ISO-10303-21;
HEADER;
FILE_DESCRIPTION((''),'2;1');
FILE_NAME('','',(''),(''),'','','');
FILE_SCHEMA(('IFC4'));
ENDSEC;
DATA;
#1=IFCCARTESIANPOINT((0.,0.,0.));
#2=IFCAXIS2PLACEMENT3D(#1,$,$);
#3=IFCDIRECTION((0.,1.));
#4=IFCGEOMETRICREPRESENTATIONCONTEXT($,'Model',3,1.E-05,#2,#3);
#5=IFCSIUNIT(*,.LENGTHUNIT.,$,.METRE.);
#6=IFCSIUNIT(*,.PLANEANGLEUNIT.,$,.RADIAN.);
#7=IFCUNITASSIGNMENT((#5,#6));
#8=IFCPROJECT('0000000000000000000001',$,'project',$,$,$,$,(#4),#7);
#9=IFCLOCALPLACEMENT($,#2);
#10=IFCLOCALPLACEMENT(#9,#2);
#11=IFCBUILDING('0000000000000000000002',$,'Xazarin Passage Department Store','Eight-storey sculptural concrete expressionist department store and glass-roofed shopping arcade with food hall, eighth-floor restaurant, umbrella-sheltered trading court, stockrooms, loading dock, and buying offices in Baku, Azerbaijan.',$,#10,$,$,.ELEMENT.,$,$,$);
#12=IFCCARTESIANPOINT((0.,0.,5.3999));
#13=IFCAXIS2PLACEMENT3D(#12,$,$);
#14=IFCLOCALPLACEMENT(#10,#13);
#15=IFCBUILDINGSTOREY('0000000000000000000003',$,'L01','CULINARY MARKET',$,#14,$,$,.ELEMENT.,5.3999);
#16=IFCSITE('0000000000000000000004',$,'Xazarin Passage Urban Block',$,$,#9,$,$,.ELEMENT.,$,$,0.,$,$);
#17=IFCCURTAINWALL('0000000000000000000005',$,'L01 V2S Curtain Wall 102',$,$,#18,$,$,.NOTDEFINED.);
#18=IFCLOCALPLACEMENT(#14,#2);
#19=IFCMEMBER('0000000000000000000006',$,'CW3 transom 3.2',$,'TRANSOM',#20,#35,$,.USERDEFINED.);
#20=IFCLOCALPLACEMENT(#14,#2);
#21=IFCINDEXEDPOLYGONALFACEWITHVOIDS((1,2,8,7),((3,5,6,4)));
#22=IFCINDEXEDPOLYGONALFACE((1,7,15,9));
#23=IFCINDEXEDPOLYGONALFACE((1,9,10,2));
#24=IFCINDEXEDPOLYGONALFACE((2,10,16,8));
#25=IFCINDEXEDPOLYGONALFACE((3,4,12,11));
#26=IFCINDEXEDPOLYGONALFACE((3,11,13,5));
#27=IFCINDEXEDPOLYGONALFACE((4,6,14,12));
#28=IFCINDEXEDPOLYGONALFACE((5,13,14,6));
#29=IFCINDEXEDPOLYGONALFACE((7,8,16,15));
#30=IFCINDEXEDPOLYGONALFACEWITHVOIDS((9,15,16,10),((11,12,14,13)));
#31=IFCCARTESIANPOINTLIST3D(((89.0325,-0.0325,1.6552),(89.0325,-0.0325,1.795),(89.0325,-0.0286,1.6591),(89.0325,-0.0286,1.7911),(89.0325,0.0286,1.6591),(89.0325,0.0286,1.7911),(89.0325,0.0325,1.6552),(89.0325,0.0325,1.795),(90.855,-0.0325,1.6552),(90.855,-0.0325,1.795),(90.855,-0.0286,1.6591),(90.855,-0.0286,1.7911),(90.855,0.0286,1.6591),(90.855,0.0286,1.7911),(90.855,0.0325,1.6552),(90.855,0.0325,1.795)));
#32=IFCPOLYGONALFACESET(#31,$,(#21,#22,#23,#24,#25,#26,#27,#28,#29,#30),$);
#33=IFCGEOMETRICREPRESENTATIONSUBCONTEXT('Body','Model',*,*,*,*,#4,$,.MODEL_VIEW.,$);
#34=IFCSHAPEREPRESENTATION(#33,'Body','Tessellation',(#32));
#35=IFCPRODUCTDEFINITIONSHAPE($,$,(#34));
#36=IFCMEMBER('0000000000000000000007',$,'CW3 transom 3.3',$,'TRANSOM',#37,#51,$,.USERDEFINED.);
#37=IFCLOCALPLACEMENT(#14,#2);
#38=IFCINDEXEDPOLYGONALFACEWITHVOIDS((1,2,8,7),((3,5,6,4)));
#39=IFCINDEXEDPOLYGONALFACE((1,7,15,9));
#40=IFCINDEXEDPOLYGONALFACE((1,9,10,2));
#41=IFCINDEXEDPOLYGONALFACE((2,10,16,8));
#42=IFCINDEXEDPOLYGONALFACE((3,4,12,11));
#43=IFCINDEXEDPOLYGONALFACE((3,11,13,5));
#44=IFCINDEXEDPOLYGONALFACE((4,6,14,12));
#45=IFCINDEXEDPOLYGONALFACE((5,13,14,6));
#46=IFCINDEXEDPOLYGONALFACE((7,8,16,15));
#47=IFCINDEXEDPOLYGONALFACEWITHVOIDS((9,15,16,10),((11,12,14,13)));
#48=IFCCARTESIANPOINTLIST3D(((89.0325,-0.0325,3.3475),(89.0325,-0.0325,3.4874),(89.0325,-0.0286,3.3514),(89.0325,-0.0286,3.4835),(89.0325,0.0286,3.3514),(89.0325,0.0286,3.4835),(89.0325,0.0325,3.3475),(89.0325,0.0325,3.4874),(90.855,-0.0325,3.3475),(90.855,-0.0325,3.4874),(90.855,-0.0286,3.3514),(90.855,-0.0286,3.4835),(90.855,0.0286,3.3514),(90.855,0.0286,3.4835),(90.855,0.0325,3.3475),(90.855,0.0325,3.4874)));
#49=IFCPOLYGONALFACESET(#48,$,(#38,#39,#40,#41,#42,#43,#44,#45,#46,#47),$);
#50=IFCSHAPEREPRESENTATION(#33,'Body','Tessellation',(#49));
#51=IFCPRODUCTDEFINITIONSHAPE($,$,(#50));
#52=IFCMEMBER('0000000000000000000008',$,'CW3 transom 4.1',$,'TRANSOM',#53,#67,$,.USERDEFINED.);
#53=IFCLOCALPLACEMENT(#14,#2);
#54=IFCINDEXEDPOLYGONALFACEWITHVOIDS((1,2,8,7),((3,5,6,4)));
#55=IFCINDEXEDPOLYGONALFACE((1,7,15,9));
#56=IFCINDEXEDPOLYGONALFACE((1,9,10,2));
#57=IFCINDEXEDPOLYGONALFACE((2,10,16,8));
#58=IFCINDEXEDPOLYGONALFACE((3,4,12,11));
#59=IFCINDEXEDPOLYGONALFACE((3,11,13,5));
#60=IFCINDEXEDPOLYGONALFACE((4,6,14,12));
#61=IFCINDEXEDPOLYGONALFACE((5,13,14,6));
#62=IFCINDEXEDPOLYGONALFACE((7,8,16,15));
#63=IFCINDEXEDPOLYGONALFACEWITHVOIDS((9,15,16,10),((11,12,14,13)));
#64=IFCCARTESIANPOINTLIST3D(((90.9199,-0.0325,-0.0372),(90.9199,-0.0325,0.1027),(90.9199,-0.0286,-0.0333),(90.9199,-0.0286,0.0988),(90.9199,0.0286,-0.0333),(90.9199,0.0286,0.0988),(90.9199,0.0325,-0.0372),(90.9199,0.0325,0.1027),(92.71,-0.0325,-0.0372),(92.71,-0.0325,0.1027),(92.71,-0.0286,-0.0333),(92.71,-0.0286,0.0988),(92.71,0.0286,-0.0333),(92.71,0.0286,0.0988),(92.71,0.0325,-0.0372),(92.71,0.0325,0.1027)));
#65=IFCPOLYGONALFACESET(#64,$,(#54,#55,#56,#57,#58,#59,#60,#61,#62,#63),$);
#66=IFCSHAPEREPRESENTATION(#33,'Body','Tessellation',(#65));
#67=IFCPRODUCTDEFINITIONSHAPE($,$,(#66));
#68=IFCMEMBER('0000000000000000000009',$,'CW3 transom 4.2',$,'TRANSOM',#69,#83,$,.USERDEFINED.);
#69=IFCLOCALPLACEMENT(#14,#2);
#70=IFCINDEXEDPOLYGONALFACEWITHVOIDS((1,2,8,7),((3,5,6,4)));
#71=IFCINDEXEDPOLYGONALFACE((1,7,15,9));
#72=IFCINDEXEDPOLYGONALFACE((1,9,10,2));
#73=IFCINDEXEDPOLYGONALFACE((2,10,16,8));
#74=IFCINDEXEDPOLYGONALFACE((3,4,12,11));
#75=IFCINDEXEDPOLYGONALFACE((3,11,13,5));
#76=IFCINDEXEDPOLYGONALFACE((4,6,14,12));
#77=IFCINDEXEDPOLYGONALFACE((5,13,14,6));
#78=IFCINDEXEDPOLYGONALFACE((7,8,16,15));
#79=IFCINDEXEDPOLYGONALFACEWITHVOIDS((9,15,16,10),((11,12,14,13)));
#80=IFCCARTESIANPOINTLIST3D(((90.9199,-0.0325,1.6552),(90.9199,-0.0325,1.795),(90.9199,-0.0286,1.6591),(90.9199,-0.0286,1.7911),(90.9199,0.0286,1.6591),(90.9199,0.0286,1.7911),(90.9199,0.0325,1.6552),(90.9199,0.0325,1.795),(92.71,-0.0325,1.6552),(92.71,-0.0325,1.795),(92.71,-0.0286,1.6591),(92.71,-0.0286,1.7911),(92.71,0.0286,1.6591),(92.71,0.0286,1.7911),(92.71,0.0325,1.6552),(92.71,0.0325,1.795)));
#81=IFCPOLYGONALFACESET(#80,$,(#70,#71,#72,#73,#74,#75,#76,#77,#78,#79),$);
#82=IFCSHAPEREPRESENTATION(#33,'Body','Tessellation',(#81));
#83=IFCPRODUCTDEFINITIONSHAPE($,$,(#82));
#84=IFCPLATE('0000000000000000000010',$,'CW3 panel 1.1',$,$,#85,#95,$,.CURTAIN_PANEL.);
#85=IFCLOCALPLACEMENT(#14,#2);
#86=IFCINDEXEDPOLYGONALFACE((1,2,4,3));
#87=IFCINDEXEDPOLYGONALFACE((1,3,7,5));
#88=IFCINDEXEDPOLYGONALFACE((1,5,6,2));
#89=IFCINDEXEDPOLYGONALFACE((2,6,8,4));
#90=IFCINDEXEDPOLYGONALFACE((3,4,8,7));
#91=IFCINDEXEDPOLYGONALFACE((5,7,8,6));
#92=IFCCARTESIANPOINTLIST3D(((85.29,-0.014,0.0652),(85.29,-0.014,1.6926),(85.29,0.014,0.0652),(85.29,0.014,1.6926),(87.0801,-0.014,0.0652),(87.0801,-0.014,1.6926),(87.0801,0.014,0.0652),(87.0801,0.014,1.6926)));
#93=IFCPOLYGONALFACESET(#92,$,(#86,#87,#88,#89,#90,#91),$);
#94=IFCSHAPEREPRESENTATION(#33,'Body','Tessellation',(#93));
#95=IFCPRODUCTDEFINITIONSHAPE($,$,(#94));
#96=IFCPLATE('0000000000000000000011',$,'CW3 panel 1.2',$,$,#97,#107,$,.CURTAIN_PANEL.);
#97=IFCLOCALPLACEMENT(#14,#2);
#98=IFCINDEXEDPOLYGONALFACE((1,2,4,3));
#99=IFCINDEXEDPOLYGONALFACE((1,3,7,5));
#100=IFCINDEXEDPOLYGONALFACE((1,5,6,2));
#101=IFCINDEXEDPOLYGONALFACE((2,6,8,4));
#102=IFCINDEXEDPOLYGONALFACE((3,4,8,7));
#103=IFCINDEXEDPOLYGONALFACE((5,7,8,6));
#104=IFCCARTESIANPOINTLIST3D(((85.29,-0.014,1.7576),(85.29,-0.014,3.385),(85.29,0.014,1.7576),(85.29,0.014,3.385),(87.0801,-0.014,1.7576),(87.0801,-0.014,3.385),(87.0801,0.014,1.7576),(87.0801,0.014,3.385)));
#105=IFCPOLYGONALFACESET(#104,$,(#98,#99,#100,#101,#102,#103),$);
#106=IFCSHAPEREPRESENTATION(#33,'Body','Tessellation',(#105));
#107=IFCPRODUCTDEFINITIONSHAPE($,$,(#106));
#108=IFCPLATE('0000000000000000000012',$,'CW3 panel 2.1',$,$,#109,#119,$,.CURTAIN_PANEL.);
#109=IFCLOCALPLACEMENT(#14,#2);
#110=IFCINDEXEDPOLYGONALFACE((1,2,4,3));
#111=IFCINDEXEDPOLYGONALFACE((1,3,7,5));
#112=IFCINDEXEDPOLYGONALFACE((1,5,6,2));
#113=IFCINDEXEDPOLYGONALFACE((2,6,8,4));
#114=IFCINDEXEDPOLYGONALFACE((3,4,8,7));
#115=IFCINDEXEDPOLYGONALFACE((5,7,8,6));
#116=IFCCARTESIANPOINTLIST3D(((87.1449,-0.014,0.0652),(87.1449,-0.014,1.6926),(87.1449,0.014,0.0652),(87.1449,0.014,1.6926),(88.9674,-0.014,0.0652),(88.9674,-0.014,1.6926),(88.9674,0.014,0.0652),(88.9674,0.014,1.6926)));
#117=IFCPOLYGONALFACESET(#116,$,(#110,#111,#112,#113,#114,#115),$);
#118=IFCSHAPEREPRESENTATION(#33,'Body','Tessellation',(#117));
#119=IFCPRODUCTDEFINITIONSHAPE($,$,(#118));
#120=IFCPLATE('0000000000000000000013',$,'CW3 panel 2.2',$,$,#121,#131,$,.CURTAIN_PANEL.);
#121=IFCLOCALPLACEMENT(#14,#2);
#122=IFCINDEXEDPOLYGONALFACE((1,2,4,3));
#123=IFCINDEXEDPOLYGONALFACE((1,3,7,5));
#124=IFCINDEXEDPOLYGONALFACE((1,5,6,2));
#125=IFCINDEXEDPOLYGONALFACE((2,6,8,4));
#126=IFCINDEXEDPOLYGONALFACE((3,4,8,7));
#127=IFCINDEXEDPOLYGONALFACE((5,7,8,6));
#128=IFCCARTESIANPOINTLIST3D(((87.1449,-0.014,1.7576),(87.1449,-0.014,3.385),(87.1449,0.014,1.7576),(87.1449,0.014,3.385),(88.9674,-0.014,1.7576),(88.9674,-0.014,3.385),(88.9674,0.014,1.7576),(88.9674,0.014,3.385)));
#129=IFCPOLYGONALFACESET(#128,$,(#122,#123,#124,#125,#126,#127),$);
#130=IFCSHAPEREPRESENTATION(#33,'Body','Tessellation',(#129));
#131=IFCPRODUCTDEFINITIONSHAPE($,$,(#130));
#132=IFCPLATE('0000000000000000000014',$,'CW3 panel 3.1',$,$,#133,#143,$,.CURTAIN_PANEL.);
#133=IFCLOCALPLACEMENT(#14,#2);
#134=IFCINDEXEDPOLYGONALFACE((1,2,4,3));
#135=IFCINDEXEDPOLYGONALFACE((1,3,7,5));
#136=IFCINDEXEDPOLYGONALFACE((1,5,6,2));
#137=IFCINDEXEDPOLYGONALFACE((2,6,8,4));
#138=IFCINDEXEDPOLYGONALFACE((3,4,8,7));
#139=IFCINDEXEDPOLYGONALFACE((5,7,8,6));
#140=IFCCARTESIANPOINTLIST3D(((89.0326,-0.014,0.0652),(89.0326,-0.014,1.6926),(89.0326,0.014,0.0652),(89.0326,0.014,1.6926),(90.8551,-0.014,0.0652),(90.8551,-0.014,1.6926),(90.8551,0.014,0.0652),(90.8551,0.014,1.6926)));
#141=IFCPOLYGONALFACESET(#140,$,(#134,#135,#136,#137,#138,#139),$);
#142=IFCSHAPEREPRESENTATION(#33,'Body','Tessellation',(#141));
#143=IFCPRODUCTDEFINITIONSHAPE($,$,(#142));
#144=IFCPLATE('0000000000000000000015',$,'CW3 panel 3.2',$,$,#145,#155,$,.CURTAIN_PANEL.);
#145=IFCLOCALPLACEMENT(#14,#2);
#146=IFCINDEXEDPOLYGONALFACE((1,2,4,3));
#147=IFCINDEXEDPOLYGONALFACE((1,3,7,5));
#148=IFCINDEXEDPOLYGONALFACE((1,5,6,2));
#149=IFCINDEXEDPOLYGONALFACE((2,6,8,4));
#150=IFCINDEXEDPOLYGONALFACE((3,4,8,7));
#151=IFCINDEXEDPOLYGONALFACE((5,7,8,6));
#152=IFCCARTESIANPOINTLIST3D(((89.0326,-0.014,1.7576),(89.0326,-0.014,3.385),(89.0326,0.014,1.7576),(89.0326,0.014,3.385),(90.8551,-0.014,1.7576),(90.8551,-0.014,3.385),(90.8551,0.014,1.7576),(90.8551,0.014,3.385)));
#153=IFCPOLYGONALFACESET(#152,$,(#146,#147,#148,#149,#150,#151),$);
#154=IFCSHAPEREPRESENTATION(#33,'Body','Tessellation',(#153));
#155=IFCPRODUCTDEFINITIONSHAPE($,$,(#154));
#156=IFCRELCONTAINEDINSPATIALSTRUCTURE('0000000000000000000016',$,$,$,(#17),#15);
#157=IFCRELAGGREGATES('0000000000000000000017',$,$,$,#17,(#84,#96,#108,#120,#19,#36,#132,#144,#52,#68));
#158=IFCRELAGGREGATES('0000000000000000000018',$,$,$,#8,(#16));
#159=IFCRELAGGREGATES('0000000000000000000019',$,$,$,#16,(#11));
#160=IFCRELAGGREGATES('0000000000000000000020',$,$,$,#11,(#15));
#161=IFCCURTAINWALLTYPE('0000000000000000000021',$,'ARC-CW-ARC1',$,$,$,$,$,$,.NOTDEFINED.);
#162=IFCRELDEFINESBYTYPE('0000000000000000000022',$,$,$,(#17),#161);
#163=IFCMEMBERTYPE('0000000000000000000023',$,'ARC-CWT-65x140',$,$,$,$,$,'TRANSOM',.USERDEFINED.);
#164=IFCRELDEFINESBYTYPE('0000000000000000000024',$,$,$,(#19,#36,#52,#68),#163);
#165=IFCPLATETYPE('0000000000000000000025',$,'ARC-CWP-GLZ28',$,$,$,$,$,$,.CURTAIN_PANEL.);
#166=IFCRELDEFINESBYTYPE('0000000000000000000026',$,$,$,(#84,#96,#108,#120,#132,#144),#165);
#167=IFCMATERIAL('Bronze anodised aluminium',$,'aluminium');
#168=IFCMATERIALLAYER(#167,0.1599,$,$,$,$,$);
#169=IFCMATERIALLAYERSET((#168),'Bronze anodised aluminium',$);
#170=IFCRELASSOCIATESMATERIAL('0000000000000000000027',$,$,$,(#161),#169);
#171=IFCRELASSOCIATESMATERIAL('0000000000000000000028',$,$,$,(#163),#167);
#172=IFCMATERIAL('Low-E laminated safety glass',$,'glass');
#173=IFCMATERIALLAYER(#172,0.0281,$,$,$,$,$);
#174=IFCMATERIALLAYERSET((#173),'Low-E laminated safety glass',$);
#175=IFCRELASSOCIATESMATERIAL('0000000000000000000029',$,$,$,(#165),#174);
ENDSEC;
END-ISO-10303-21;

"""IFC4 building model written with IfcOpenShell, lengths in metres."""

from ifc_helpers import new_model, si_unit, direction, frame, origin, origin_2d, place, context, subcontext, project, spatial, rectangle, hollow_rectangle, extrude, material, layer, layer_set, material_profile, profile_set, type_object, element, aggregate, save


model = new_model("IFC4")

# Units and contexts
model_context = context("Model", 3, precision=1e-05, world=origin(), true_north=direction((0.0, 1.0)))
body_context = subcontext(model_context, "Body", "Model", "MODEL_VIEW")
ifc_project = project(units=[si_unit("LENGTHUNIT", "METRE"), si_unit("PLANEANGLEUNIT", "RADIAN")], contexts=[model_context])

# Site, building, storey
site_placement = place(None, origin())
site = spatial("IfcSite", under=ifc_project, at=site_placement, Name="Xazarin Passage Urban Block", CompositionType="ELEMENT", RefElevation=0.0)
building_placement = place(site_placement, origin())
building = spatial("IfcBuilding", under=site, at=building_placement, Name="Xazarin Passage Department Store", Description="Eight-storey sculptural concrete expressionist department store and glass-roofed shopping arcade with food hall, eighth-floor restaurant, umbrella-sheltered trading court, stockrooms, loading dock, and buying offices in Baku, Azerbaijan.", CompositionType="ELEMENT")
storey_placement = place(building_placement, frame((0.0, 0.0, 5.3999)))
storey = spatial("IfcBuildingStorey", under=building, at=storey_placement, Name="L01", Description="CULINARY MARKET", CompositionType="ELEMENT", Elevation=5.3999)

# Curtain wall, members, plates
ifc_material_1 = material(Name="Bronze anodised aluminium", Category="aluminium")
ifc_layer_1 = layer(ifc_material_1, 0.1599)
ifc_layer_set_1 = layer_set([ifc_layer_1], Name="Bronze anodised aluminium")
curtain_wall_type = type_object("IfcCurtainWallType", Name="ARC-CW-ARC1", PredefinedType="NOTDEFINED", material=ifc_layer_set_1)
curtain_wall_placement = place(storey_placement, origin())
curtain_wall = element("IfcCurtainWall", 1, at=curtain_wall_placement, inside=storey, type_object=curtain_wall_type, Name="L01 V2S Curtain Wall 102", PredefinedType="NOTDEFINED")
ifc_material_profile_1 = material_profile(ifc_material_1, hollow_rectangle(XDim=0.0649, YDim=0.1399, WallThickness=0.0039, at=origin_2d()), Name="ALU 65x140")
ifc_profile_set_1 = profile_set([ifc_material_profile_1], Name="Bronze anodised aluminium")
member_type_1 = type_object("IfcMemberType", Name="ARC-CWT-65x140", ElementType="TRANSOM", PredefinedType="USERDEFINED", material=ifc_profile_set_1)
member_1_placement = place(storey_placement, frame((89.0325, 0.0, 1.7251), z_axis=(1.0, 0.0, 0.0), x_axis=(0.0, 1.0, 0.0)))
member_1 = element("IfcMember", 2, at=member_1_placement, type_object=member_type_1, Name="CW3 transom 3.2", ObjectType="TRANSOM", PredefinedType="USERDEFINED", context=body_context, shape_type="SweptSolid", body=[
    extrude(hollow_rectangle(XDim=0.0649, YDim=0.1399, WallThickness=0.0039, at=origin_2d()), origin(), (0.0, 0.0, 1.0), 1.8225),
])
member_2_placement = place(storey_placement, frame((89.0325, 0.0, 3.4175), z_axis=(1.0, 0.0, 0.0), x_axis=(0.0, 1.0, 0.0)))
member_2 = element("IfcMember", 3, at=member_2_placement, type_object=member_type_1, Name="CW3 transom 3.3", ObjectType="TRANSOM", PredefinedType="USERDEFINED", context=body_context, shape_type="SweptSolid", body=[
    extrude(hollow_rectangle(XDim=0.0649, YDim=0.1399, WallThickness=0.0039, at=origin_2d()), origin(), (0.0, 0.0, 1.0), 1.8225),
])
member_3_placement = place(storey_placement, frame((90.9199, 0.0, 0.0327), z_axis=(1.0, 0.0, 0.0), x_axis=(0.0, 1.0, 0.0)))
member_3 = element("IfcMember", 4, at=member_3_placement, type_object=member_type_1, Name="CW3 transom 4.1", ObjectType="TRANSOM", PredefinedType="USERDEFINED", context=body_context, shape_type="SweptSolid", body=[
    extrude(hollow_rectangle(XDim=0.0649, YDim=0.1399, WallThickness=0.0039, at=origin_2d()), origin(), (0.0, 0.0, 1.0), 1.79),
])
member_4_placement = place(storey_placement, frame((90.9199, 0.0, 1.7251), z_axis=(1.0, 0.0, 0.0), x_axis=(0.0, 1.0, 0.0)))
member_4 = element("IfcMember", 5, at=member_4_placement, type_object=member_type_1, Name="CW3 transom 4.2", ObjectType="TRANSOM", PredefinedType="USERDEFINED", context=body_context, shape_type="SweptSolid", body=[
    extrude(hollow_rectangle(XDim=0.0649, YDim=0.1399, WallThickness=0.0039, at=origin_2d()), origin(), (0.0, 0.0, 1.0), 1.79),
])
ifc_material_2 = material(Name="Low-E laminated safety glass", Category="glass")
ifc_layer_2 = layer(ifc_material_2, 0.0281)
ifc_layer_set_2 = layer_set([ifc_layer_2], Name="Low-E laminated safety glass")
plate_type = type_object("IfcPlateType", Name="ARC-CWP-GLZ28", PredefinedType="CURTAIN_PANEL", material=ifc_layer_set_2)
plate_1_placement = place(storey_placement, frame((86.1851, 0.0, 0.0652), z_axis=(0.0, 0.0, 1.0), x_axis=(1.0, 0.0, 0.0)))
plate_1 = element("IfcPlate", 6, at=plate_1_placement, type_object=plate_type, Name="CW3 panel 1.1", PredefinedType="CURTAIN_PANEL", context=body_context, shape_type="SweptSolid", body=[
    extrude(rectangle(XDim=1.79, YDim=0.0281, at=origin_2d()), origin(), (0.0, 0.0, 1.0), 1.6274),
])
plate_2_placement = place(storey_placement, frame((86.1851, 0.0, 1.7576), z_axis=(0.0, 0.0, 1.0), x_axis=(1.0, 0.0, 0.0)))
plate_2 = element("IfcPlate", 7, at=plate_2_placement, type_object=plate_type, Name="CW3 panel 1.2", PredefinedType="CURTAIN_PANEL", context=body_context, shape_type="SweptSolid", body=[
    extrude(rectangle(XDim=1.79, YDim=0.0281, at=origin_2d()), origin(), (0.0, 0.0, 1.0), 1.6274),
])
plate_3_placement = place(storey_placement, frame((88.0562, 0.0, 0.0652), z_axis=(0.0, 0.0, 1.0), x_axis=(1.0, 0.0, 0.0)))
plate_3 = element("IfcPlate", 8, at=plate_3_placement, type_object=plate_type, Name="CW3 panel 2.1", PredefinedType="CURTAIN_PANEL", context=body_context, shape_type="SweptSolid", body=[
    extrude(rectangle(XDim=1.8225, YDim=0.0281, at=origin_2d()), origin(), (0.0, 0.0, 1.0), 1.6274),
])
plate_4_placement = place(storey_placement, frame((88.0562, 0.0, 1.7576), z_axis=(0.0, 0.0, 1.0), x_axis=(1.0, 0.0, 0.0)))
plate_4 = element("IfcPlate", 9, at=plate_4_placement, type_object=plate_type, Name="CW3 panel 2.2", PredefinedType="CURTAIN_PANEL", context=body_context, shape_type="SweptSolid", body=[
    extrude(rectangle(XDim=1.8225, YDim=0.0281, at=origin_2d()), origin(), (0.0, 0.0, 1.0), 1.6274),
])
plate_5_placement = place(storey_placement, frame((89.9438, 0.0, 0.0652), z_axis=(0.0, 0.0, 1.0), x_axis=(1.0, 0.0, 0.0)))
plate_5 = element("IfcPlate", 10, at=plate_5_placement, type_object=plate_type, Name="CW3 panel 3.1", PredefinedType="CURTAIN_PANEL", context=body_context, shape_type="SweptSolid", body=[
    extrude(rectangle(XDim=1.8225, YDim=0.0281, at=origin_2d()), origin(), (0.0, 0.0, 1.0), 1.6274),
])
plate_6_placement = place(storey_placement, frame((89.9438, 0.0, 1.7576), z_axis=(0.0, 0.0, 1.0), x_axis=(1.0, 0.0, 0.0)))
plate_6 = element("IfcPlate", 11, at=plate_6_placement, type_object=plate_type, Name="CW3 panel 3.2", PredefinedType="CURTAIN_PANEL", context=body_context, shape_type="SweptSolid", body=[
    extrude(rectangle(XDim=1.8225, YDim=0.0281, at=origin_2d()), origin(), (0.0, 0.0, 1.0), 1.6274),
])
aggregate(curtain_wall, [plate_1, plate_2, plate_3, plate_4, member_1, member_2, plate_5, plate_6, member_3, member_4])

save(model, "model.ifc")
